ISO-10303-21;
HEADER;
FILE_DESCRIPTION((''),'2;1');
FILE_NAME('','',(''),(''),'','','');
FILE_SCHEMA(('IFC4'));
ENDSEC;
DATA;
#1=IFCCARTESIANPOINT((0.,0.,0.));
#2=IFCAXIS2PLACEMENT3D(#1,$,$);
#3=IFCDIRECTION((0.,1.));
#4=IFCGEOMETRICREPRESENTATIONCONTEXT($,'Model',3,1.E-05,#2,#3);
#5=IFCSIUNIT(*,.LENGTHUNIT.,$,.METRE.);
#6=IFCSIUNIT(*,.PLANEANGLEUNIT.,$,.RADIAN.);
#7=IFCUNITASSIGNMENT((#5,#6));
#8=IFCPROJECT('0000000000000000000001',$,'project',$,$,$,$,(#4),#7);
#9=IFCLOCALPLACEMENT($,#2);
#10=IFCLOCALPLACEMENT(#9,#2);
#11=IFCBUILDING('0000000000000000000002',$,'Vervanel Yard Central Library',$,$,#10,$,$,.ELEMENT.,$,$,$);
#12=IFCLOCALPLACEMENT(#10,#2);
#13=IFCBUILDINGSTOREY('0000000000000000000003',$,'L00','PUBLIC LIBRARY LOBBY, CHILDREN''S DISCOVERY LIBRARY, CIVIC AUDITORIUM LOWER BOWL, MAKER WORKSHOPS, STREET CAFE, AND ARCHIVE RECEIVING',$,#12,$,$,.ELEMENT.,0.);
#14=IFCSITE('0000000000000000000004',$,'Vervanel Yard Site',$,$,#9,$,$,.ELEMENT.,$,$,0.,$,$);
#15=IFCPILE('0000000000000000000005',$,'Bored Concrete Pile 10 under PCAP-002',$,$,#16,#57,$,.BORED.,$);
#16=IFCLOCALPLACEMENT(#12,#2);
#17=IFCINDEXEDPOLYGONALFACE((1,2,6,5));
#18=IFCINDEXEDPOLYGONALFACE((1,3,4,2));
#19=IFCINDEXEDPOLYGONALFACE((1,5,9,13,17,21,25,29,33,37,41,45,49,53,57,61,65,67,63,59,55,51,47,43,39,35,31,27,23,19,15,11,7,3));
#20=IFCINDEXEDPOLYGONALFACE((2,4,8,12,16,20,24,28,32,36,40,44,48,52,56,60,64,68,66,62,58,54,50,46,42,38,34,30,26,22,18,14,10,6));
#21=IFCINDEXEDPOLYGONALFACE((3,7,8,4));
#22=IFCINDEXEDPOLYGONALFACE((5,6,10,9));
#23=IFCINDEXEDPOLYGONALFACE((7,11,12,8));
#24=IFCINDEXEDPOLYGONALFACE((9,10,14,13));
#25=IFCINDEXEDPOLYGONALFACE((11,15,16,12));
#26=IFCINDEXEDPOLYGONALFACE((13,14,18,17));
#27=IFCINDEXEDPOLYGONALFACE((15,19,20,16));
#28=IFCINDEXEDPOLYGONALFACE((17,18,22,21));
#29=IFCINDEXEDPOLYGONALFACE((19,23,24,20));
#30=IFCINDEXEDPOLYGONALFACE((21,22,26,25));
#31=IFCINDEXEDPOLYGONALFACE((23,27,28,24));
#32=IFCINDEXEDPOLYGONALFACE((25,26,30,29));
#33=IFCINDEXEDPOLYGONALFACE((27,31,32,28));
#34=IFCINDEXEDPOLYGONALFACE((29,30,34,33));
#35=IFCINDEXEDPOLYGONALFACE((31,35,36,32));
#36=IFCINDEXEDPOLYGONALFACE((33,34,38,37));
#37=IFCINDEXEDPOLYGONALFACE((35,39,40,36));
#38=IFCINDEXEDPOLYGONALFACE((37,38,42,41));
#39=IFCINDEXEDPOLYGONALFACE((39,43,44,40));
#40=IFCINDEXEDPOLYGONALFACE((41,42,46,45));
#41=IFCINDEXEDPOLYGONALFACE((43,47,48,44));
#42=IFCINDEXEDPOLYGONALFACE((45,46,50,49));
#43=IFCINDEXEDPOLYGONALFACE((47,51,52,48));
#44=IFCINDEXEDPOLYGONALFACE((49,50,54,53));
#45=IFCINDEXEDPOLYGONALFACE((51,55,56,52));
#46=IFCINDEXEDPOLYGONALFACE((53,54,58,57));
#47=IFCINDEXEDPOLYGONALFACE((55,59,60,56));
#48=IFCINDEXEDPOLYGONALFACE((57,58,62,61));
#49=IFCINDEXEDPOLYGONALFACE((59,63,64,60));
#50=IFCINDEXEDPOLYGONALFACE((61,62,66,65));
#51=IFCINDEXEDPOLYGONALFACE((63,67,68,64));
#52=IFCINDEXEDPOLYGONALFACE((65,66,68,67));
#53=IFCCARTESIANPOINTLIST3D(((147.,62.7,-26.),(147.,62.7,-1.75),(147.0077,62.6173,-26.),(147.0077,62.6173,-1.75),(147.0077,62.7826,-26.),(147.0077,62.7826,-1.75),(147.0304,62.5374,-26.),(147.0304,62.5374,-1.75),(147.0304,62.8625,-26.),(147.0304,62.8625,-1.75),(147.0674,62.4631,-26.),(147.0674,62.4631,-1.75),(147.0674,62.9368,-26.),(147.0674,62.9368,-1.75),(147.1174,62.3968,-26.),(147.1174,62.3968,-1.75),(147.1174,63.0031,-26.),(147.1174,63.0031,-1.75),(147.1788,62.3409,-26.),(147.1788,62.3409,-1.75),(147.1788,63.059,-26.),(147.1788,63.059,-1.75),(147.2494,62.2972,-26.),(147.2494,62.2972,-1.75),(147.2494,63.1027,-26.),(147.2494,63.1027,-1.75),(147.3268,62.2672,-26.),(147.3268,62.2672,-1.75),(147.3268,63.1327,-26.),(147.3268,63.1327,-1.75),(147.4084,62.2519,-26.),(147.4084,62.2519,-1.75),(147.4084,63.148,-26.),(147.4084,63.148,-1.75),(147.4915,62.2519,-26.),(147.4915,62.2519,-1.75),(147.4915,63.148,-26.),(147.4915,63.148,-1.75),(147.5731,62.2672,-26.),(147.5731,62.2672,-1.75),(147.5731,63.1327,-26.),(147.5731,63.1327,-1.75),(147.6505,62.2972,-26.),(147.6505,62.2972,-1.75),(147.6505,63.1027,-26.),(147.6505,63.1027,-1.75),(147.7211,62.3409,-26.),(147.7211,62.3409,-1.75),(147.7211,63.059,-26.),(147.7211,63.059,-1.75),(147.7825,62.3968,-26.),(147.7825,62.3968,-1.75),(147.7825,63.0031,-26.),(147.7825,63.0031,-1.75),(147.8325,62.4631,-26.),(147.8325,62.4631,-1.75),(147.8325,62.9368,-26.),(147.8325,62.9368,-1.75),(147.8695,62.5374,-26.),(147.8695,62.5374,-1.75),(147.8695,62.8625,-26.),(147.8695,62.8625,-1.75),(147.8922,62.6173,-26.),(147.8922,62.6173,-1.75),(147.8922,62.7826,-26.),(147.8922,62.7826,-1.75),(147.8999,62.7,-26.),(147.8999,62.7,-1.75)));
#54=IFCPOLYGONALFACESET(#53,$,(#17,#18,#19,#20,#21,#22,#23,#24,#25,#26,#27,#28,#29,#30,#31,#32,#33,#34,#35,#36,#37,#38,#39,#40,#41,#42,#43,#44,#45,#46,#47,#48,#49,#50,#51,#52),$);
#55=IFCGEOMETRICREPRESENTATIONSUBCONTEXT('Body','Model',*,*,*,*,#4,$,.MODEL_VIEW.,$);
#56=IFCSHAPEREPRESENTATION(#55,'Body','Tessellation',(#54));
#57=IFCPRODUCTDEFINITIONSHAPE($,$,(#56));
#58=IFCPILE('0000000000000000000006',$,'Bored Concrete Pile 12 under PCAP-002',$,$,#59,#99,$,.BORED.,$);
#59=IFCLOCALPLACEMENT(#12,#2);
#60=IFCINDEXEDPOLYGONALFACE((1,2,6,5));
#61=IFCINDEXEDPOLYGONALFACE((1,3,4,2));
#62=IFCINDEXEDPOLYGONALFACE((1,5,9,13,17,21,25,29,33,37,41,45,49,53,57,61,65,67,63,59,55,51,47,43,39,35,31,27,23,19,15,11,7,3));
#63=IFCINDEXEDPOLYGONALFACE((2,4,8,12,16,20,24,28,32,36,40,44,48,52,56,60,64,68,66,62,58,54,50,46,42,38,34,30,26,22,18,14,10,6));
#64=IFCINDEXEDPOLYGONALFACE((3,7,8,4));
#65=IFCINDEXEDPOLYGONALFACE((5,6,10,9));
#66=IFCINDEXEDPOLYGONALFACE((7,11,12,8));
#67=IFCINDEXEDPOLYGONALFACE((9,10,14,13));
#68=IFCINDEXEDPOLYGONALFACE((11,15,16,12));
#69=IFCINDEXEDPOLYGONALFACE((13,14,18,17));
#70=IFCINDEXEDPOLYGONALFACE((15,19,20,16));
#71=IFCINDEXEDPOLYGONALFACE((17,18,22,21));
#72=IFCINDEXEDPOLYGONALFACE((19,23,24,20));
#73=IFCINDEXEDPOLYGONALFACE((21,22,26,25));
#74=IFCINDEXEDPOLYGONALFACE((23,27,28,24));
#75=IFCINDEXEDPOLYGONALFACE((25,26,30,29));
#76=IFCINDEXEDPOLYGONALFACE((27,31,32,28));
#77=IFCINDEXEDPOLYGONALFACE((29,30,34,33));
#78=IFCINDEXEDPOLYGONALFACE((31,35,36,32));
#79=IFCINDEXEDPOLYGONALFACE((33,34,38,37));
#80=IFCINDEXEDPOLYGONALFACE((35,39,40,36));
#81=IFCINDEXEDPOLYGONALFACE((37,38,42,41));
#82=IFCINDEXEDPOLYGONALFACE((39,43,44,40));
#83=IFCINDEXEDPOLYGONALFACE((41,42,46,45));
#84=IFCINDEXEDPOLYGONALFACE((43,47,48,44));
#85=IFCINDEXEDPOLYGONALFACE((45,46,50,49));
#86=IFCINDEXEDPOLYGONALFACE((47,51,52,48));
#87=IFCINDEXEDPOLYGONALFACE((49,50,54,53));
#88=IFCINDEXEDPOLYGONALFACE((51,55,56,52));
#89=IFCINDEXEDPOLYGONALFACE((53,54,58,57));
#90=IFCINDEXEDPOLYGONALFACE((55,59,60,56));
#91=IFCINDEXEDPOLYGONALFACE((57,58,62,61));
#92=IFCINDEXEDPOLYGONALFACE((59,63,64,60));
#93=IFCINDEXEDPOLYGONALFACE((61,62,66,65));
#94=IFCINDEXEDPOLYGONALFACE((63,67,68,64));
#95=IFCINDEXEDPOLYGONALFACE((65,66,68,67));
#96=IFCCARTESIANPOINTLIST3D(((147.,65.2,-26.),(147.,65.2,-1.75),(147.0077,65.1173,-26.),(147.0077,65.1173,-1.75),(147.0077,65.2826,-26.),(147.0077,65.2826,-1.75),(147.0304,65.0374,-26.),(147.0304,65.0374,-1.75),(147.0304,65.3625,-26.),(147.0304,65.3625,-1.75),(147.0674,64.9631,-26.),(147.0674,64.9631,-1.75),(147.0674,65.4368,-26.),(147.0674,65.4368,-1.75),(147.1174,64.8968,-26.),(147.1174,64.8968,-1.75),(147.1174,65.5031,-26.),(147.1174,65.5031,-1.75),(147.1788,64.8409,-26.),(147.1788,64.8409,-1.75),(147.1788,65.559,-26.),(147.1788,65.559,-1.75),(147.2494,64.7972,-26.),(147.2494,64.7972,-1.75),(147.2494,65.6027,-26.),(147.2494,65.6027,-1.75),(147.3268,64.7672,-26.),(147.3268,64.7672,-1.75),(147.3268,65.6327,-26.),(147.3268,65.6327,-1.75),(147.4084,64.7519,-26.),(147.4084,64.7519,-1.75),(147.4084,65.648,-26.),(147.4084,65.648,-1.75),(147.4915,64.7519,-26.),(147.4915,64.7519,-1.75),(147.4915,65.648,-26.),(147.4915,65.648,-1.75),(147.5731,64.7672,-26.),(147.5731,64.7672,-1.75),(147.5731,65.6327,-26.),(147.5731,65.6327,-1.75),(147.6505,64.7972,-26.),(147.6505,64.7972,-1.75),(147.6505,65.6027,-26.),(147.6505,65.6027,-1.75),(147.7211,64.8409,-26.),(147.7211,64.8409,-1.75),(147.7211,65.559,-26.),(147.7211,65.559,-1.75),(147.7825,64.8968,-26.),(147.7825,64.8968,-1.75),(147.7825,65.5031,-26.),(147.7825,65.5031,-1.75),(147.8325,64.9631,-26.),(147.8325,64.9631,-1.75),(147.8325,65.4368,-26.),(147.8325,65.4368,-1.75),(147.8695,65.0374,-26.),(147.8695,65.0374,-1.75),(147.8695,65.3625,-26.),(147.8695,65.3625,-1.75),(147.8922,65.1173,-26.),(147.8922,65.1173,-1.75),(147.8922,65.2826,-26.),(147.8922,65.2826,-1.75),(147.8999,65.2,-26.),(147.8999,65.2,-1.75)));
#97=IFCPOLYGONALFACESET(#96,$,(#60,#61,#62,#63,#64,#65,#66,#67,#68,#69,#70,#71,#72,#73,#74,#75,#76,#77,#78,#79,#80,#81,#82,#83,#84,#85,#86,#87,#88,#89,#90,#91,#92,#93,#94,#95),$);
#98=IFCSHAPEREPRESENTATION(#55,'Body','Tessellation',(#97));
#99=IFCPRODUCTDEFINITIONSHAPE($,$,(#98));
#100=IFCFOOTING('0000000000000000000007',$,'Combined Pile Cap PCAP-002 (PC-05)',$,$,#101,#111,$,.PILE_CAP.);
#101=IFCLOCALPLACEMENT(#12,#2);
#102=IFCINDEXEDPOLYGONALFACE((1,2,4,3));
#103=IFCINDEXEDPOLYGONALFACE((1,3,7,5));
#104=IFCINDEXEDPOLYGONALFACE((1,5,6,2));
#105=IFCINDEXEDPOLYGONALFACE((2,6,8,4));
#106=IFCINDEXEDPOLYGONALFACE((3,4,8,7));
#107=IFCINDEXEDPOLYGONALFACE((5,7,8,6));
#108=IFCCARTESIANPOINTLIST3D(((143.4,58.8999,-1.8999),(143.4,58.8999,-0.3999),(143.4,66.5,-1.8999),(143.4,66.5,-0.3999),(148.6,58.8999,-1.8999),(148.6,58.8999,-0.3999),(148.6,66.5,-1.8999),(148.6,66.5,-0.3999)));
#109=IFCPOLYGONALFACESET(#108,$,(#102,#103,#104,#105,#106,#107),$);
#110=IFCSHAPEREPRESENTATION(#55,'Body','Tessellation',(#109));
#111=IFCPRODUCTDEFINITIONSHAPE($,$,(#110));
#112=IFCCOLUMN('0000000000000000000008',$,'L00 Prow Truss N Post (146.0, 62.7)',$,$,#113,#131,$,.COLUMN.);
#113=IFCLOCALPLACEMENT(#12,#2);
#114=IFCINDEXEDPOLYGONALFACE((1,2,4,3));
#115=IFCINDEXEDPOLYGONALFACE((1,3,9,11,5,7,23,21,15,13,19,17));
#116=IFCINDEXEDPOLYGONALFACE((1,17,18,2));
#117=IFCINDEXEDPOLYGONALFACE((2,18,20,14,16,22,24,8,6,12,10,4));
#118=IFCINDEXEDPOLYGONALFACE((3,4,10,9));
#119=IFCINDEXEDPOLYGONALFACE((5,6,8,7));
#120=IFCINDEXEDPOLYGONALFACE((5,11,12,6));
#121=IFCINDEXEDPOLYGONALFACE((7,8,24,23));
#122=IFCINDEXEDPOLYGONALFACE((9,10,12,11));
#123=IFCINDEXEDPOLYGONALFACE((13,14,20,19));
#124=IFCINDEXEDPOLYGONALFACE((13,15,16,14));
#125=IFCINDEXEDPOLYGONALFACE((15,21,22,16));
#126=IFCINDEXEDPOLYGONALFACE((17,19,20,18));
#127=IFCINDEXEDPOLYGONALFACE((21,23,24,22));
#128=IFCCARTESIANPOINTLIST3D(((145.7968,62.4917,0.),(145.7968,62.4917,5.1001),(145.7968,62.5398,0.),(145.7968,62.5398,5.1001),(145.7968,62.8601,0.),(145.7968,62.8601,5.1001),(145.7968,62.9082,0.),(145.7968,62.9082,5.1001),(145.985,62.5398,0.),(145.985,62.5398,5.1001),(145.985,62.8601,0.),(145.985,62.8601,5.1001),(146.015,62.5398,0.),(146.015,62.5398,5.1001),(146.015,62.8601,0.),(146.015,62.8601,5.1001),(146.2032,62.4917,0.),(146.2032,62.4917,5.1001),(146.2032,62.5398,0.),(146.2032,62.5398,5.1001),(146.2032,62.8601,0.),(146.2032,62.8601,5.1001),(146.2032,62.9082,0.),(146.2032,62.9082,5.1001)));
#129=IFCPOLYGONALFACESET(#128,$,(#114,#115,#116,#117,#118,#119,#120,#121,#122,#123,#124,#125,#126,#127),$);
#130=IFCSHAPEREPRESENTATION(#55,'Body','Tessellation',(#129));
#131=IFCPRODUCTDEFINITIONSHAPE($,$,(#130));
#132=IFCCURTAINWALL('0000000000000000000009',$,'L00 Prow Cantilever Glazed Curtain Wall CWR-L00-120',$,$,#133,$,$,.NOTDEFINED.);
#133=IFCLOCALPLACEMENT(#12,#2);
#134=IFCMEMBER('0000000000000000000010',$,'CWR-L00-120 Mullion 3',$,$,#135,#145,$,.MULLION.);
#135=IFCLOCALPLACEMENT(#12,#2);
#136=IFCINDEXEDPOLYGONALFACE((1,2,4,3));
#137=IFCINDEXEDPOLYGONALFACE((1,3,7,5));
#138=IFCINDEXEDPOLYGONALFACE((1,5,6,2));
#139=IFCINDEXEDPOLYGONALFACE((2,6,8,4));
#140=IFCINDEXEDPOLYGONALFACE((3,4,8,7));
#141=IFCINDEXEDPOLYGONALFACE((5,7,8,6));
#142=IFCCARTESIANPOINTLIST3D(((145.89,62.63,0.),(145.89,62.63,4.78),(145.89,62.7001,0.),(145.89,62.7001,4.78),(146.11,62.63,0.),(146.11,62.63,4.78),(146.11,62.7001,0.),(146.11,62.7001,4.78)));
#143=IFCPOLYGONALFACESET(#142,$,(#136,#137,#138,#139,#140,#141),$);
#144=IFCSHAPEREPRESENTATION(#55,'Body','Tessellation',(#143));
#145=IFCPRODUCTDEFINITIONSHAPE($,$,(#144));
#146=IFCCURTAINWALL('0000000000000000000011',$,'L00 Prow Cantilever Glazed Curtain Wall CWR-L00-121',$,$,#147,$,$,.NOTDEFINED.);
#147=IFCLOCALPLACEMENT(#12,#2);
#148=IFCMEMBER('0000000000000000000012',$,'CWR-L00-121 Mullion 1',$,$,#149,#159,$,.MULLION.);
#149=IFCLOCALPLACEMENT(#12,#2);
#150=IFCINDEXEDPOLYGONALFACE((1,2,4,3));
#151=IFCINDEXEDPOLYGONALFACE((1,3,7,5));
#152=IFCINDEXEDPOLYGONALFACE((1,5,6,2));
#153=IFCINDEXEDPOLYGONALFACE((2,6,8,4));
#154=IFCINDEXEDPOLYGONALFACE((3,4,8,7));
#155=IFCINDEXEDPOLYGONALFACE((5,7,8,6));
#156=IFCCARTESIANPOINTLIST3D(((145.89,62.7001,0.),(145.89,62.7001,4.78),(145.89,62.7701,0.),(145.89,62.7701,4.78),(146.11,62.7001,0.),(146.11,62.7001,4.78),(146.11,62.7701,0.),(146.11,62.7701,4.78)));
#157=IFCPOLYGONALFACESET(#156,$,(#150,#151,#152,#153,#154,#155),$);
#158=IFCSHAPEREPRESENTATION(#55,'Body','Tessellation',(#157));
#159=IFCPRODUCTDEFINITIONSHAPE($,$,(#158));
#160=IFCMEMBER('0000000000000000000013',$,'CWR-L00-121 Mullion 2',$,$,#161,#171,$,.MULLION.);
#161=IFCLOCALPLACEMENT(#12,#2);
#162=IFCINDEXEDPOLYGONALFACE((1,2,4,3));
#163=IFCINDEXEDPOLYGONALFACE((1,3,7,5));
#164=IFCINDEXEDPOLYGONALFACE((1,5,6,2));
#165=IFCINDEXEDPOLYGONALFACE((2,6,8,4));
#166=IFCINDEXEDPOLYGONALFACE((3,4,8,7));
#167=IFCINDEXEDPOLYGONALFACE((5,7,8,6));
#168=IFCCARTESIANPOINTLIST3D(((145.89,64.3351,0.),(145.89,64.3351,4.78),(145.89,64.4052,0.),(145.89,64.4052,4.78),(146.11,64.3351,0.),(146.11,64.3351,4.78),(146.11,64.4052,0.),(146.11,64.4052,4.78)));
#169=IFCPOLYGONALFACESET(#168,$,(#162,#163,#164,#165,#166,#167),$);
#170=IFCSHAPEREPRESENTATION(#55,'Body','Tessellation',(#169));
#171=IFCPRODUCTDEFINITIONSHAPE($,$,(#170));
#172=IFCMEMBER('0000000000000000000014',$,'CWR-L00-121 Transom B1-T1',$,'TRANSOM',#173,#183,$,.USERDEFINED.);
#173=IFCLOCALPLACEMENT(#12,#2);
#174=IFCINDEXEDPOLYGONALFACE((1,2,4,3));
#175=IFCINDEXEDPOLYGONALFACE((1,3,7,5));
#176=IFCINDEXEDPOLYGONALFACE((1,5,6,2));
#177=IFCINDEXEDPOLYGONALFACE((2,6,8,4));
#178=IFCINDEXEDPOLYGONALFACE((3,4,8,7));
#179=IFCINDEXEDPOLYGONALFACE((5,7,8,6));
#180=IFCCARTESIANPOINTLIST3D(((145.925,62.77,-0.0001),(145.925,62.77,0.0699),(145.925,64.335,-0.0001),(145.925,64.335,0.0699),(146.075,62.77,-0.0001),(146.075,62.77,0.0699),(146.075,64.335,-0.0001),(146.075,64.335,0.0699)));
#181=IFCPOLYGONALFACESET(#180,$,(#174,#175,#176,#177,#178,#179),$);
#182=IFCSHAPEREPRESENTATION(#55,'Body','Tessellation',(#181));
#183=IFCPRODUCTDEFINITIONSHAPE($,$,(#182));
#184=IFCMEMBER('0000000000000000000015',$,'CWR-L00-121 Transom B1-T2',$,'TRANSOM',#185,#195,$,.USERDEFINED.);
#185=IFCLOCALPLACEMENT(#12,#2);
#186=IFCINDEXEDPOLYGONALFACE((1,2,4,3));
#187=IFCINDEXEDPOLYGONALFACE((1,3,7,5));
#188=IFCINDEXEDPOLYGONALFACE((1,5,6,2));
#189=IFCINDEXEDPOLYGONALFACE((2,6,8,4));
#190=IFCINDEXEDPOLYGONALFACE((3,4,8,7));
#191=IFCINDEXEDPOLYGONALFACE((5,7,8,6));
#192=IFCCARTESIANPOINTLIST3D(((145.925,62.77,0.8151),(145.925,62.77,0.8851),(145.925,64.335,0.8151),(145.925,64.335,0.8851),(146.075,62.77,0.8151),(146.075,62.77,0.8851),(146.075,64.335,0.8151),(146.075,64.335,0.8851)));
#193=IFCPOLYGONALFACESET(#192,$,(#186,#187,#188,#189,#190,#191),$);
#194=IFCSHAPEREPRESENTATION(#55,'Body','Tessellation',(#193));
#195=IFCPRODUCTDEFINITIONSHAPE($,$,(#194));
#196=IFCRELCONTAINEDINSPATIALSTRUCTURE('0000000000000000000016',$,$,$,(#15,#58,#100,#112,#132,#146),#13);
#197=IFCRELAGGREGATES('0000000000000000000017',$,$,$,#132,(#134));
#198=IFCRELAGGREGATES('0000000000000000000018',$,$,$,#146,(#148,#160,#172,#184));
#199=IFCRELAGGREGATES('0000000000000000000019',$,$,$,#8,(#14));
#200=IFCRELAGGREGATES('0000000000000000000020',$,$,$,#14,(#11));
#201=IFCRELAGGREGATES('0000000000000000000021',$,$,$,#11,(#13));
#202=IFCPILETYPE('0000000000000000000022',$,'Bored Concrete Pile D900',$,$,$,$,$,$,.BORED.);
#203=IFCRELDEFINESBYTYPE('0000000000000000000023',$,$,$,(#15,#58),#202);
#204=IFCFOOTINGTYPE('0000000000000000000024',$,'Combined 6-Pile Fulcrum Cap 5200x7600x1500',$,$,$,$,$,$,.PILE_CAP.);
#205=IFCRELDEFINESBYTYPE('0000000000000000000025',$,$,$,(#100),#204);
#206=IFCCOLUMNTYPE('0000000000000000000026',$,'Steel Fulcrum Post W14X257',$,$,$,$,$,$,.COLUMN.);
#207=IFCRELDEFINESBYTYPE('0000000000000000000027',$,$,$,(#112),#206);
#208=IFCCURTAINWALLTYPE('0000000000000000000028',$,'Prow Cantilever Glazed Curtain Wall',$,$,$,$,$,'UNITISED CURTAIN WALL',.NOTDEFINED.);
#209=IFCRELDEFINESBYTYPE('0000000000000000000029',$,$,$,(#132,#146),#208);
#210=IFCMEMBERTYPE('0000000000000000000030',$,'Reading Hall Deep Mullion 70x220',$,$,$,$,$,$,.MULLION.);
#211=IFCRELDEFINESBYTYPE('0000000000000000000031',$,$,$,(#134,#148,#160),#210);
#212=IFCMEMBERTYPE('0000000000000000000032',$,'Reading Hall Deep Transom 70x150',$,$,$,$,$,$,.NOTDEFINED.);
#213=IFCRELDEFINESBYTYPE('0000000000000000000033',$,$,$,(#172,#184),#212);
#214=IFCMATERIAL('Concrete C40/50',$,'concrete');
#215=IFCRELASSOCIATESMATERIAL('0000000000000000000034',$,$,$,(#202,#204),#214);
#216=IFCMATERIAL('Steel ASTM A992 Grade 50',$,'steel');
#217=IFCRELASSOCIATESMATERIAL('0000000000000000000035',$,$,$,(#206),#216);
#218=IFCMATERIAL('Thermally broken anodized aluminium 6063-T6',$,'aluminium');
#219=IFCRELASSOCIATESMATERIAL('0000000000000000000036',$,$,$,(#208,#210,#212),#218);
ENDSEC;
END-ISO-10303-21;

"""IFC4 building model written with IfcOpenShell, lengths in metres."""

from ifc_helpers import new_model, si_unit, direction, frame, origin, origin_2d, place, context, subcontext, project, spatial, rectangle, circle, i_section, extrude, material, material_profile, profile_set, type_object, element, aggregate, save


model = new_model("IFC4")

# Units and contexts
model_context = context("Model", 3, precision=1e-05, world=origin(), true_north=direction((0.0, 1.0)))
body_context = subcontext(model_context, "Body", "Model", "MODEL_VIEW")
ifc_project = project(units=[si_unit("LENGTHUNIT", "METRE"), si_unit("PLANEANGLEUNIT", "RADIAN")], contexts=[model_context])

# Site, building, storey
site_placement = place(None, origin())
site = spatial("IfcSite", under=ifc_project, at=site_placement, Name="Vervanel Yard Site", CompositionType="ELEMENT", RefElevation=0.0)
building_placement = place(site_placement, origin())
building = spatial("IfcBuilding", under=site, at=building_placement, Name="Vervanel Yard Central Library", CompositionType="ELEMENT")
storey_placement = place(building_placement, origin())
storey = spatial("IfcBuildingStorey", under=building, at=storey_placement, Name="L00", Description="PUBLIC LIBRARY LOBBY, CHILDREN'S DISCOVERY LIBRARY, CIVIC AUDITORIUM LOWER BOWL, MAKER WORKSHOPS, STREET CAFE, AND ARCHIVE RECEIVING", CompositionType="ELEMENT", Elevation=0.0)

# Piles
ifc_material_1 = material(Name="Concrete C40/50", Category="concrete")
ifc_material_profile_1 = material_profile(ifc_material_1, circle(Radius=0.45, at=origin_2d()), Name="BP D900", Category="concrete")
ifc_profile_set_1 = profile_set([ifc_material_profile_1], Name="Concrete C40/50")
pile_type = type_object("IfcPileType", Name="Bored Concrete Pile D900", PredefinedType="BORED", material=ifc_profile_set_1)
for number, where, z_axis, x_axis, name in (
    (1, (147.45, 62.7, -1.75), (0.0, 0.0, -1.0), (1.0, 0.0, 0.0), "Bored Concrete Pile 10 under PCAP-002"),
    (2, (147.45, 65.2, -1.75), (0.0, 0.0, -1.0), (1.0, 0.0, 0.0), "Bored Concrete Pile 12 under PCAP-002"),
):
    element("IfcPile", number, at=place(storey_placement, frame(where, z_axis=z_axis, x_axis=x_axis)), inside=storey, type_object=pile_type, Name=name, PredefinedType="BORED", context=body_context, shape_type="SweptSolid", body=[
        extrude(circle(Radius=0.45, at=origin_2d()), origin(), (0.0, 0.0, 1.0), 24.25),
    ])

# Footing
footing_type = type_object("IfcFootingType", Name="Combined 6-Pile Fulcrum Cap 5200x7600x1500", PredefinedType="PILE_CAP", material=ifc_material_1)
footing_placement = place(storey_placement, frame((146.0, 62.7, -1.8999), z_axis=(0.0, 0.0, 1.0), x_axis=(1.0, 0.0, 0.0)))
element("IfcFooting", 3, at=footing_placement, inside=storey, type_object=footing_type, Name="Combined Pile Cap PCAP-002 (PC-05)", PredefinedType="PILE_CAP", context=body_context, shape_type="SweptSolid", body=[
    extrude(rectangle(XDim=5.2, YDim=7.6001, at=origin_2d()), origin(), (0.0, 0.0, 1.0), 1.5),
])

# Column
ifc_material_2 = material(Name="Steel ASTM A992 Grade 50", Category="steel")
ifc_material_profile_2 = material_profile(ifc_material_2, i_section(OverallWidth=0.4065, OverallDepth=0.4165, WebThickness=0.03, FlangeThickness=0.0481, at=origin_2d()), Name="W14X257", Category="steel")
ifc_profile_set_2 = profile_set([ifc_material_profile_2], Name="Steel ASTM A992 Grade 50")
column_type = type_object("IfcColumnType", Name="Steel Fulcrum Post W14X257", PredefinedType="COLUMN", material=ifc_profile_set_2)
column_placement = place(storey_placement, frame((146.0, 62.7, 0.0), z_axis=(0.0, 0.0, 1.0), x_axis=(1.0, 0.0, 0.0)))
element("IfcColumn", 4, at=column_placement, inside=storey, type_object=column_type, Name="L00 Prow Truss N Post (146.0, 62.7)", PredefinedType="COLUMN", context=body_context, shape_type="SweptSolid", body=[
    extrude(i_section(OverallWidth=0.4065, OverallDepth=0.4165, WebThickness=0.03, FlangeThickness=0.0481, at=origin_2d()), origin(), (0.0, 0.0, 1.0), 5.1001),
])

# Curtain wall, member
ifc_material_3 = material(Name="Thermally broken anodized aluminium 6063-T6", Category="aluminium")
curtain_wall_type = type_object("IfcCurtainWallType", Name="Prow Cantilever Glazed Curtain Wall", ElementType="UNITISED CURTAIN WALL", PredefinedType="NOTDEFINED", material=ifc_material_3)
curtain_wall_1_placement = place(storey_placement, origin())
curtain_wall_1 = element("IfcCurtainWall", 5, at=curtain_wall_1_placement, inside=storey, type_object=curtain_wall_type, Name="L00 Prow Cantilever Glazed Curtain Wall CWR-L00-120", PredefinedType="NOTDEFINED")
ifc_material_profile_3 = material_profile(ifc_material_3, rectangle(XDim=0.0701, YDim=0.22, at=origin_2d()), Name="ALU 70x220", Category="aluminium")
ifc_profile_set_3 = profile_set([ifc_material_profile_3], Name="Thermally broken anodized aluminium 6063-T6")
member_type_1 = type_object("IfcMemberType", Name="Reading Hall Deep Mullion 70x220", PredefinedType="MULLION", material=ifc_profile_set_3)
member_1_placement = place(storey_placement, frame((146.0, 62.665, 0.0), z_axis=(0.0, 0.0, 1.0), x_axis=(0.0, 1.0, 0.0)))
member_1 = element("IfcMember", 6, at=member_1_placement, type_object=member_type_1, Name="CWR-L00-120 Mullion 3", PredefinedType="MULLION", context=body_context, shape_type="SweptSolid", body=[
    extrude(rectangle(XDim=0.0701, YDim=0.22, at=origin_2d()), origin(), (0.0, 0.0, 1.0), 4.78),
])

# Curtain wall, members
curtain_wall_2_placement = place(storey_placement, origin())
curtain_wall_2 = element("IfcCurtainWall", 7, at=curtain_wall_2_placement, inside=storey, type_object=curtain_wall_type, Name="L00 Prow Cantilever Glazed Curtain Wall CWR-L00-121", PredefinedType="NOTDEFINED")
member_2_placement = place(storey_placement, frame((146.0, 62.7351, 0.0), z_axis=(0.0, 0.0, 1.0), x_axis=(0.0, 1.0, 0.0)))
member_2 = element("IfcMember", 8, at=member_2_placement, type_object=member_type_1, Name="CWR-L00-121 Mullion 1", PredefinedType="MULLION", context=body_context, shape_type="SweptSolid", body=[
    extrude(rectangle(XDim=0.0701, YDim=0.22, at=origin_2d()), origin(), (0.0, 0.0, 1.0), 4.78),
])
member_3_placement = place(storey_placement, frame((146.0, 64.3701, 0.0), z_axis=(0.0, 0.0, 1.0), x_axis=(0.0, 1.0, 0.0)))
member_3 = element("IfcMember", 9, at=member_3_placement, type_object=member_type_1, Name="CWR-L00-121 Mullion 2", PredefinedType="MULLION", context=body_context, shape_type="SweptSolid", body=[
    extrude(rectangle(XDim=0.0701, YDim=0.22, at=origin_2d()), origin(), (0.0, 0.0, 1.0), 4.78),
])
ifc_material_profile_4 = material_profile(ifc_material_3, rectangle(XDim=0.0701, YDim=0.1499, at=origin_2d()), Name="ALU 70x150", Category="aluminium")
ifc_profile_set_4 = profile_set([ifc_material_profile_4], Name="Thermally broken anodized aluminium 6063-T6")
member_type_2 = type_object("IfcMemberType", Name="Reading Hall Deep Transom 70x150", PredefinedType="NOTDEFINED", material=ifc_profile_set_4)
member_4_placement = place(storey_placement, frame((146.0, 62.77, 0.0349), z_axis=(0.0, 1.0, 0.0), x_axis=(0.0, 0.0, 1.0)))
member_4 = element("IfcMember", 10, at=member_4_placement, type_object=member_type_2, Name="CWR-L00-121 Transom B1-T1", ObjectType="TRANSOM", PredefinedType="USERDEFINED", context=body_context, shape_type="SweptSolid", body=[
    extrude(rectangle(XDim=0.0701, YDim=0.1499, at=origin_2d()), origin(), (0.0, 0.0, 1.0), 1.5649),
])
member_5_placement = place(storey_placement, frame((146.0, 62.77, 0.8501), z_axis=(0.0, 1.0, 0.0), x_axis=(0.0, 0.0, 1.0)))
member_5 = element("IfcMember", 11, at=member_5_placement, type_object=member_type_2, Name="CWR-L00-121 Transom B1-T2", ObjectType="TRANSOM", PredefinedType="USERDEFINED", context=body_context, shape_type="SweptSolid", body=[
    extrude(rectangle(XDim=0.0701, YDim=0.1499, at=origin_2d()), origin(), (0.0, 0.0, 1.0), 1.5649),
])

aggregate(curtain_wall_1, [member_1])
aggregate(curtain_wall_2, [member_2, member_3, member_4, member_5])

save(model, "model.ifc")
